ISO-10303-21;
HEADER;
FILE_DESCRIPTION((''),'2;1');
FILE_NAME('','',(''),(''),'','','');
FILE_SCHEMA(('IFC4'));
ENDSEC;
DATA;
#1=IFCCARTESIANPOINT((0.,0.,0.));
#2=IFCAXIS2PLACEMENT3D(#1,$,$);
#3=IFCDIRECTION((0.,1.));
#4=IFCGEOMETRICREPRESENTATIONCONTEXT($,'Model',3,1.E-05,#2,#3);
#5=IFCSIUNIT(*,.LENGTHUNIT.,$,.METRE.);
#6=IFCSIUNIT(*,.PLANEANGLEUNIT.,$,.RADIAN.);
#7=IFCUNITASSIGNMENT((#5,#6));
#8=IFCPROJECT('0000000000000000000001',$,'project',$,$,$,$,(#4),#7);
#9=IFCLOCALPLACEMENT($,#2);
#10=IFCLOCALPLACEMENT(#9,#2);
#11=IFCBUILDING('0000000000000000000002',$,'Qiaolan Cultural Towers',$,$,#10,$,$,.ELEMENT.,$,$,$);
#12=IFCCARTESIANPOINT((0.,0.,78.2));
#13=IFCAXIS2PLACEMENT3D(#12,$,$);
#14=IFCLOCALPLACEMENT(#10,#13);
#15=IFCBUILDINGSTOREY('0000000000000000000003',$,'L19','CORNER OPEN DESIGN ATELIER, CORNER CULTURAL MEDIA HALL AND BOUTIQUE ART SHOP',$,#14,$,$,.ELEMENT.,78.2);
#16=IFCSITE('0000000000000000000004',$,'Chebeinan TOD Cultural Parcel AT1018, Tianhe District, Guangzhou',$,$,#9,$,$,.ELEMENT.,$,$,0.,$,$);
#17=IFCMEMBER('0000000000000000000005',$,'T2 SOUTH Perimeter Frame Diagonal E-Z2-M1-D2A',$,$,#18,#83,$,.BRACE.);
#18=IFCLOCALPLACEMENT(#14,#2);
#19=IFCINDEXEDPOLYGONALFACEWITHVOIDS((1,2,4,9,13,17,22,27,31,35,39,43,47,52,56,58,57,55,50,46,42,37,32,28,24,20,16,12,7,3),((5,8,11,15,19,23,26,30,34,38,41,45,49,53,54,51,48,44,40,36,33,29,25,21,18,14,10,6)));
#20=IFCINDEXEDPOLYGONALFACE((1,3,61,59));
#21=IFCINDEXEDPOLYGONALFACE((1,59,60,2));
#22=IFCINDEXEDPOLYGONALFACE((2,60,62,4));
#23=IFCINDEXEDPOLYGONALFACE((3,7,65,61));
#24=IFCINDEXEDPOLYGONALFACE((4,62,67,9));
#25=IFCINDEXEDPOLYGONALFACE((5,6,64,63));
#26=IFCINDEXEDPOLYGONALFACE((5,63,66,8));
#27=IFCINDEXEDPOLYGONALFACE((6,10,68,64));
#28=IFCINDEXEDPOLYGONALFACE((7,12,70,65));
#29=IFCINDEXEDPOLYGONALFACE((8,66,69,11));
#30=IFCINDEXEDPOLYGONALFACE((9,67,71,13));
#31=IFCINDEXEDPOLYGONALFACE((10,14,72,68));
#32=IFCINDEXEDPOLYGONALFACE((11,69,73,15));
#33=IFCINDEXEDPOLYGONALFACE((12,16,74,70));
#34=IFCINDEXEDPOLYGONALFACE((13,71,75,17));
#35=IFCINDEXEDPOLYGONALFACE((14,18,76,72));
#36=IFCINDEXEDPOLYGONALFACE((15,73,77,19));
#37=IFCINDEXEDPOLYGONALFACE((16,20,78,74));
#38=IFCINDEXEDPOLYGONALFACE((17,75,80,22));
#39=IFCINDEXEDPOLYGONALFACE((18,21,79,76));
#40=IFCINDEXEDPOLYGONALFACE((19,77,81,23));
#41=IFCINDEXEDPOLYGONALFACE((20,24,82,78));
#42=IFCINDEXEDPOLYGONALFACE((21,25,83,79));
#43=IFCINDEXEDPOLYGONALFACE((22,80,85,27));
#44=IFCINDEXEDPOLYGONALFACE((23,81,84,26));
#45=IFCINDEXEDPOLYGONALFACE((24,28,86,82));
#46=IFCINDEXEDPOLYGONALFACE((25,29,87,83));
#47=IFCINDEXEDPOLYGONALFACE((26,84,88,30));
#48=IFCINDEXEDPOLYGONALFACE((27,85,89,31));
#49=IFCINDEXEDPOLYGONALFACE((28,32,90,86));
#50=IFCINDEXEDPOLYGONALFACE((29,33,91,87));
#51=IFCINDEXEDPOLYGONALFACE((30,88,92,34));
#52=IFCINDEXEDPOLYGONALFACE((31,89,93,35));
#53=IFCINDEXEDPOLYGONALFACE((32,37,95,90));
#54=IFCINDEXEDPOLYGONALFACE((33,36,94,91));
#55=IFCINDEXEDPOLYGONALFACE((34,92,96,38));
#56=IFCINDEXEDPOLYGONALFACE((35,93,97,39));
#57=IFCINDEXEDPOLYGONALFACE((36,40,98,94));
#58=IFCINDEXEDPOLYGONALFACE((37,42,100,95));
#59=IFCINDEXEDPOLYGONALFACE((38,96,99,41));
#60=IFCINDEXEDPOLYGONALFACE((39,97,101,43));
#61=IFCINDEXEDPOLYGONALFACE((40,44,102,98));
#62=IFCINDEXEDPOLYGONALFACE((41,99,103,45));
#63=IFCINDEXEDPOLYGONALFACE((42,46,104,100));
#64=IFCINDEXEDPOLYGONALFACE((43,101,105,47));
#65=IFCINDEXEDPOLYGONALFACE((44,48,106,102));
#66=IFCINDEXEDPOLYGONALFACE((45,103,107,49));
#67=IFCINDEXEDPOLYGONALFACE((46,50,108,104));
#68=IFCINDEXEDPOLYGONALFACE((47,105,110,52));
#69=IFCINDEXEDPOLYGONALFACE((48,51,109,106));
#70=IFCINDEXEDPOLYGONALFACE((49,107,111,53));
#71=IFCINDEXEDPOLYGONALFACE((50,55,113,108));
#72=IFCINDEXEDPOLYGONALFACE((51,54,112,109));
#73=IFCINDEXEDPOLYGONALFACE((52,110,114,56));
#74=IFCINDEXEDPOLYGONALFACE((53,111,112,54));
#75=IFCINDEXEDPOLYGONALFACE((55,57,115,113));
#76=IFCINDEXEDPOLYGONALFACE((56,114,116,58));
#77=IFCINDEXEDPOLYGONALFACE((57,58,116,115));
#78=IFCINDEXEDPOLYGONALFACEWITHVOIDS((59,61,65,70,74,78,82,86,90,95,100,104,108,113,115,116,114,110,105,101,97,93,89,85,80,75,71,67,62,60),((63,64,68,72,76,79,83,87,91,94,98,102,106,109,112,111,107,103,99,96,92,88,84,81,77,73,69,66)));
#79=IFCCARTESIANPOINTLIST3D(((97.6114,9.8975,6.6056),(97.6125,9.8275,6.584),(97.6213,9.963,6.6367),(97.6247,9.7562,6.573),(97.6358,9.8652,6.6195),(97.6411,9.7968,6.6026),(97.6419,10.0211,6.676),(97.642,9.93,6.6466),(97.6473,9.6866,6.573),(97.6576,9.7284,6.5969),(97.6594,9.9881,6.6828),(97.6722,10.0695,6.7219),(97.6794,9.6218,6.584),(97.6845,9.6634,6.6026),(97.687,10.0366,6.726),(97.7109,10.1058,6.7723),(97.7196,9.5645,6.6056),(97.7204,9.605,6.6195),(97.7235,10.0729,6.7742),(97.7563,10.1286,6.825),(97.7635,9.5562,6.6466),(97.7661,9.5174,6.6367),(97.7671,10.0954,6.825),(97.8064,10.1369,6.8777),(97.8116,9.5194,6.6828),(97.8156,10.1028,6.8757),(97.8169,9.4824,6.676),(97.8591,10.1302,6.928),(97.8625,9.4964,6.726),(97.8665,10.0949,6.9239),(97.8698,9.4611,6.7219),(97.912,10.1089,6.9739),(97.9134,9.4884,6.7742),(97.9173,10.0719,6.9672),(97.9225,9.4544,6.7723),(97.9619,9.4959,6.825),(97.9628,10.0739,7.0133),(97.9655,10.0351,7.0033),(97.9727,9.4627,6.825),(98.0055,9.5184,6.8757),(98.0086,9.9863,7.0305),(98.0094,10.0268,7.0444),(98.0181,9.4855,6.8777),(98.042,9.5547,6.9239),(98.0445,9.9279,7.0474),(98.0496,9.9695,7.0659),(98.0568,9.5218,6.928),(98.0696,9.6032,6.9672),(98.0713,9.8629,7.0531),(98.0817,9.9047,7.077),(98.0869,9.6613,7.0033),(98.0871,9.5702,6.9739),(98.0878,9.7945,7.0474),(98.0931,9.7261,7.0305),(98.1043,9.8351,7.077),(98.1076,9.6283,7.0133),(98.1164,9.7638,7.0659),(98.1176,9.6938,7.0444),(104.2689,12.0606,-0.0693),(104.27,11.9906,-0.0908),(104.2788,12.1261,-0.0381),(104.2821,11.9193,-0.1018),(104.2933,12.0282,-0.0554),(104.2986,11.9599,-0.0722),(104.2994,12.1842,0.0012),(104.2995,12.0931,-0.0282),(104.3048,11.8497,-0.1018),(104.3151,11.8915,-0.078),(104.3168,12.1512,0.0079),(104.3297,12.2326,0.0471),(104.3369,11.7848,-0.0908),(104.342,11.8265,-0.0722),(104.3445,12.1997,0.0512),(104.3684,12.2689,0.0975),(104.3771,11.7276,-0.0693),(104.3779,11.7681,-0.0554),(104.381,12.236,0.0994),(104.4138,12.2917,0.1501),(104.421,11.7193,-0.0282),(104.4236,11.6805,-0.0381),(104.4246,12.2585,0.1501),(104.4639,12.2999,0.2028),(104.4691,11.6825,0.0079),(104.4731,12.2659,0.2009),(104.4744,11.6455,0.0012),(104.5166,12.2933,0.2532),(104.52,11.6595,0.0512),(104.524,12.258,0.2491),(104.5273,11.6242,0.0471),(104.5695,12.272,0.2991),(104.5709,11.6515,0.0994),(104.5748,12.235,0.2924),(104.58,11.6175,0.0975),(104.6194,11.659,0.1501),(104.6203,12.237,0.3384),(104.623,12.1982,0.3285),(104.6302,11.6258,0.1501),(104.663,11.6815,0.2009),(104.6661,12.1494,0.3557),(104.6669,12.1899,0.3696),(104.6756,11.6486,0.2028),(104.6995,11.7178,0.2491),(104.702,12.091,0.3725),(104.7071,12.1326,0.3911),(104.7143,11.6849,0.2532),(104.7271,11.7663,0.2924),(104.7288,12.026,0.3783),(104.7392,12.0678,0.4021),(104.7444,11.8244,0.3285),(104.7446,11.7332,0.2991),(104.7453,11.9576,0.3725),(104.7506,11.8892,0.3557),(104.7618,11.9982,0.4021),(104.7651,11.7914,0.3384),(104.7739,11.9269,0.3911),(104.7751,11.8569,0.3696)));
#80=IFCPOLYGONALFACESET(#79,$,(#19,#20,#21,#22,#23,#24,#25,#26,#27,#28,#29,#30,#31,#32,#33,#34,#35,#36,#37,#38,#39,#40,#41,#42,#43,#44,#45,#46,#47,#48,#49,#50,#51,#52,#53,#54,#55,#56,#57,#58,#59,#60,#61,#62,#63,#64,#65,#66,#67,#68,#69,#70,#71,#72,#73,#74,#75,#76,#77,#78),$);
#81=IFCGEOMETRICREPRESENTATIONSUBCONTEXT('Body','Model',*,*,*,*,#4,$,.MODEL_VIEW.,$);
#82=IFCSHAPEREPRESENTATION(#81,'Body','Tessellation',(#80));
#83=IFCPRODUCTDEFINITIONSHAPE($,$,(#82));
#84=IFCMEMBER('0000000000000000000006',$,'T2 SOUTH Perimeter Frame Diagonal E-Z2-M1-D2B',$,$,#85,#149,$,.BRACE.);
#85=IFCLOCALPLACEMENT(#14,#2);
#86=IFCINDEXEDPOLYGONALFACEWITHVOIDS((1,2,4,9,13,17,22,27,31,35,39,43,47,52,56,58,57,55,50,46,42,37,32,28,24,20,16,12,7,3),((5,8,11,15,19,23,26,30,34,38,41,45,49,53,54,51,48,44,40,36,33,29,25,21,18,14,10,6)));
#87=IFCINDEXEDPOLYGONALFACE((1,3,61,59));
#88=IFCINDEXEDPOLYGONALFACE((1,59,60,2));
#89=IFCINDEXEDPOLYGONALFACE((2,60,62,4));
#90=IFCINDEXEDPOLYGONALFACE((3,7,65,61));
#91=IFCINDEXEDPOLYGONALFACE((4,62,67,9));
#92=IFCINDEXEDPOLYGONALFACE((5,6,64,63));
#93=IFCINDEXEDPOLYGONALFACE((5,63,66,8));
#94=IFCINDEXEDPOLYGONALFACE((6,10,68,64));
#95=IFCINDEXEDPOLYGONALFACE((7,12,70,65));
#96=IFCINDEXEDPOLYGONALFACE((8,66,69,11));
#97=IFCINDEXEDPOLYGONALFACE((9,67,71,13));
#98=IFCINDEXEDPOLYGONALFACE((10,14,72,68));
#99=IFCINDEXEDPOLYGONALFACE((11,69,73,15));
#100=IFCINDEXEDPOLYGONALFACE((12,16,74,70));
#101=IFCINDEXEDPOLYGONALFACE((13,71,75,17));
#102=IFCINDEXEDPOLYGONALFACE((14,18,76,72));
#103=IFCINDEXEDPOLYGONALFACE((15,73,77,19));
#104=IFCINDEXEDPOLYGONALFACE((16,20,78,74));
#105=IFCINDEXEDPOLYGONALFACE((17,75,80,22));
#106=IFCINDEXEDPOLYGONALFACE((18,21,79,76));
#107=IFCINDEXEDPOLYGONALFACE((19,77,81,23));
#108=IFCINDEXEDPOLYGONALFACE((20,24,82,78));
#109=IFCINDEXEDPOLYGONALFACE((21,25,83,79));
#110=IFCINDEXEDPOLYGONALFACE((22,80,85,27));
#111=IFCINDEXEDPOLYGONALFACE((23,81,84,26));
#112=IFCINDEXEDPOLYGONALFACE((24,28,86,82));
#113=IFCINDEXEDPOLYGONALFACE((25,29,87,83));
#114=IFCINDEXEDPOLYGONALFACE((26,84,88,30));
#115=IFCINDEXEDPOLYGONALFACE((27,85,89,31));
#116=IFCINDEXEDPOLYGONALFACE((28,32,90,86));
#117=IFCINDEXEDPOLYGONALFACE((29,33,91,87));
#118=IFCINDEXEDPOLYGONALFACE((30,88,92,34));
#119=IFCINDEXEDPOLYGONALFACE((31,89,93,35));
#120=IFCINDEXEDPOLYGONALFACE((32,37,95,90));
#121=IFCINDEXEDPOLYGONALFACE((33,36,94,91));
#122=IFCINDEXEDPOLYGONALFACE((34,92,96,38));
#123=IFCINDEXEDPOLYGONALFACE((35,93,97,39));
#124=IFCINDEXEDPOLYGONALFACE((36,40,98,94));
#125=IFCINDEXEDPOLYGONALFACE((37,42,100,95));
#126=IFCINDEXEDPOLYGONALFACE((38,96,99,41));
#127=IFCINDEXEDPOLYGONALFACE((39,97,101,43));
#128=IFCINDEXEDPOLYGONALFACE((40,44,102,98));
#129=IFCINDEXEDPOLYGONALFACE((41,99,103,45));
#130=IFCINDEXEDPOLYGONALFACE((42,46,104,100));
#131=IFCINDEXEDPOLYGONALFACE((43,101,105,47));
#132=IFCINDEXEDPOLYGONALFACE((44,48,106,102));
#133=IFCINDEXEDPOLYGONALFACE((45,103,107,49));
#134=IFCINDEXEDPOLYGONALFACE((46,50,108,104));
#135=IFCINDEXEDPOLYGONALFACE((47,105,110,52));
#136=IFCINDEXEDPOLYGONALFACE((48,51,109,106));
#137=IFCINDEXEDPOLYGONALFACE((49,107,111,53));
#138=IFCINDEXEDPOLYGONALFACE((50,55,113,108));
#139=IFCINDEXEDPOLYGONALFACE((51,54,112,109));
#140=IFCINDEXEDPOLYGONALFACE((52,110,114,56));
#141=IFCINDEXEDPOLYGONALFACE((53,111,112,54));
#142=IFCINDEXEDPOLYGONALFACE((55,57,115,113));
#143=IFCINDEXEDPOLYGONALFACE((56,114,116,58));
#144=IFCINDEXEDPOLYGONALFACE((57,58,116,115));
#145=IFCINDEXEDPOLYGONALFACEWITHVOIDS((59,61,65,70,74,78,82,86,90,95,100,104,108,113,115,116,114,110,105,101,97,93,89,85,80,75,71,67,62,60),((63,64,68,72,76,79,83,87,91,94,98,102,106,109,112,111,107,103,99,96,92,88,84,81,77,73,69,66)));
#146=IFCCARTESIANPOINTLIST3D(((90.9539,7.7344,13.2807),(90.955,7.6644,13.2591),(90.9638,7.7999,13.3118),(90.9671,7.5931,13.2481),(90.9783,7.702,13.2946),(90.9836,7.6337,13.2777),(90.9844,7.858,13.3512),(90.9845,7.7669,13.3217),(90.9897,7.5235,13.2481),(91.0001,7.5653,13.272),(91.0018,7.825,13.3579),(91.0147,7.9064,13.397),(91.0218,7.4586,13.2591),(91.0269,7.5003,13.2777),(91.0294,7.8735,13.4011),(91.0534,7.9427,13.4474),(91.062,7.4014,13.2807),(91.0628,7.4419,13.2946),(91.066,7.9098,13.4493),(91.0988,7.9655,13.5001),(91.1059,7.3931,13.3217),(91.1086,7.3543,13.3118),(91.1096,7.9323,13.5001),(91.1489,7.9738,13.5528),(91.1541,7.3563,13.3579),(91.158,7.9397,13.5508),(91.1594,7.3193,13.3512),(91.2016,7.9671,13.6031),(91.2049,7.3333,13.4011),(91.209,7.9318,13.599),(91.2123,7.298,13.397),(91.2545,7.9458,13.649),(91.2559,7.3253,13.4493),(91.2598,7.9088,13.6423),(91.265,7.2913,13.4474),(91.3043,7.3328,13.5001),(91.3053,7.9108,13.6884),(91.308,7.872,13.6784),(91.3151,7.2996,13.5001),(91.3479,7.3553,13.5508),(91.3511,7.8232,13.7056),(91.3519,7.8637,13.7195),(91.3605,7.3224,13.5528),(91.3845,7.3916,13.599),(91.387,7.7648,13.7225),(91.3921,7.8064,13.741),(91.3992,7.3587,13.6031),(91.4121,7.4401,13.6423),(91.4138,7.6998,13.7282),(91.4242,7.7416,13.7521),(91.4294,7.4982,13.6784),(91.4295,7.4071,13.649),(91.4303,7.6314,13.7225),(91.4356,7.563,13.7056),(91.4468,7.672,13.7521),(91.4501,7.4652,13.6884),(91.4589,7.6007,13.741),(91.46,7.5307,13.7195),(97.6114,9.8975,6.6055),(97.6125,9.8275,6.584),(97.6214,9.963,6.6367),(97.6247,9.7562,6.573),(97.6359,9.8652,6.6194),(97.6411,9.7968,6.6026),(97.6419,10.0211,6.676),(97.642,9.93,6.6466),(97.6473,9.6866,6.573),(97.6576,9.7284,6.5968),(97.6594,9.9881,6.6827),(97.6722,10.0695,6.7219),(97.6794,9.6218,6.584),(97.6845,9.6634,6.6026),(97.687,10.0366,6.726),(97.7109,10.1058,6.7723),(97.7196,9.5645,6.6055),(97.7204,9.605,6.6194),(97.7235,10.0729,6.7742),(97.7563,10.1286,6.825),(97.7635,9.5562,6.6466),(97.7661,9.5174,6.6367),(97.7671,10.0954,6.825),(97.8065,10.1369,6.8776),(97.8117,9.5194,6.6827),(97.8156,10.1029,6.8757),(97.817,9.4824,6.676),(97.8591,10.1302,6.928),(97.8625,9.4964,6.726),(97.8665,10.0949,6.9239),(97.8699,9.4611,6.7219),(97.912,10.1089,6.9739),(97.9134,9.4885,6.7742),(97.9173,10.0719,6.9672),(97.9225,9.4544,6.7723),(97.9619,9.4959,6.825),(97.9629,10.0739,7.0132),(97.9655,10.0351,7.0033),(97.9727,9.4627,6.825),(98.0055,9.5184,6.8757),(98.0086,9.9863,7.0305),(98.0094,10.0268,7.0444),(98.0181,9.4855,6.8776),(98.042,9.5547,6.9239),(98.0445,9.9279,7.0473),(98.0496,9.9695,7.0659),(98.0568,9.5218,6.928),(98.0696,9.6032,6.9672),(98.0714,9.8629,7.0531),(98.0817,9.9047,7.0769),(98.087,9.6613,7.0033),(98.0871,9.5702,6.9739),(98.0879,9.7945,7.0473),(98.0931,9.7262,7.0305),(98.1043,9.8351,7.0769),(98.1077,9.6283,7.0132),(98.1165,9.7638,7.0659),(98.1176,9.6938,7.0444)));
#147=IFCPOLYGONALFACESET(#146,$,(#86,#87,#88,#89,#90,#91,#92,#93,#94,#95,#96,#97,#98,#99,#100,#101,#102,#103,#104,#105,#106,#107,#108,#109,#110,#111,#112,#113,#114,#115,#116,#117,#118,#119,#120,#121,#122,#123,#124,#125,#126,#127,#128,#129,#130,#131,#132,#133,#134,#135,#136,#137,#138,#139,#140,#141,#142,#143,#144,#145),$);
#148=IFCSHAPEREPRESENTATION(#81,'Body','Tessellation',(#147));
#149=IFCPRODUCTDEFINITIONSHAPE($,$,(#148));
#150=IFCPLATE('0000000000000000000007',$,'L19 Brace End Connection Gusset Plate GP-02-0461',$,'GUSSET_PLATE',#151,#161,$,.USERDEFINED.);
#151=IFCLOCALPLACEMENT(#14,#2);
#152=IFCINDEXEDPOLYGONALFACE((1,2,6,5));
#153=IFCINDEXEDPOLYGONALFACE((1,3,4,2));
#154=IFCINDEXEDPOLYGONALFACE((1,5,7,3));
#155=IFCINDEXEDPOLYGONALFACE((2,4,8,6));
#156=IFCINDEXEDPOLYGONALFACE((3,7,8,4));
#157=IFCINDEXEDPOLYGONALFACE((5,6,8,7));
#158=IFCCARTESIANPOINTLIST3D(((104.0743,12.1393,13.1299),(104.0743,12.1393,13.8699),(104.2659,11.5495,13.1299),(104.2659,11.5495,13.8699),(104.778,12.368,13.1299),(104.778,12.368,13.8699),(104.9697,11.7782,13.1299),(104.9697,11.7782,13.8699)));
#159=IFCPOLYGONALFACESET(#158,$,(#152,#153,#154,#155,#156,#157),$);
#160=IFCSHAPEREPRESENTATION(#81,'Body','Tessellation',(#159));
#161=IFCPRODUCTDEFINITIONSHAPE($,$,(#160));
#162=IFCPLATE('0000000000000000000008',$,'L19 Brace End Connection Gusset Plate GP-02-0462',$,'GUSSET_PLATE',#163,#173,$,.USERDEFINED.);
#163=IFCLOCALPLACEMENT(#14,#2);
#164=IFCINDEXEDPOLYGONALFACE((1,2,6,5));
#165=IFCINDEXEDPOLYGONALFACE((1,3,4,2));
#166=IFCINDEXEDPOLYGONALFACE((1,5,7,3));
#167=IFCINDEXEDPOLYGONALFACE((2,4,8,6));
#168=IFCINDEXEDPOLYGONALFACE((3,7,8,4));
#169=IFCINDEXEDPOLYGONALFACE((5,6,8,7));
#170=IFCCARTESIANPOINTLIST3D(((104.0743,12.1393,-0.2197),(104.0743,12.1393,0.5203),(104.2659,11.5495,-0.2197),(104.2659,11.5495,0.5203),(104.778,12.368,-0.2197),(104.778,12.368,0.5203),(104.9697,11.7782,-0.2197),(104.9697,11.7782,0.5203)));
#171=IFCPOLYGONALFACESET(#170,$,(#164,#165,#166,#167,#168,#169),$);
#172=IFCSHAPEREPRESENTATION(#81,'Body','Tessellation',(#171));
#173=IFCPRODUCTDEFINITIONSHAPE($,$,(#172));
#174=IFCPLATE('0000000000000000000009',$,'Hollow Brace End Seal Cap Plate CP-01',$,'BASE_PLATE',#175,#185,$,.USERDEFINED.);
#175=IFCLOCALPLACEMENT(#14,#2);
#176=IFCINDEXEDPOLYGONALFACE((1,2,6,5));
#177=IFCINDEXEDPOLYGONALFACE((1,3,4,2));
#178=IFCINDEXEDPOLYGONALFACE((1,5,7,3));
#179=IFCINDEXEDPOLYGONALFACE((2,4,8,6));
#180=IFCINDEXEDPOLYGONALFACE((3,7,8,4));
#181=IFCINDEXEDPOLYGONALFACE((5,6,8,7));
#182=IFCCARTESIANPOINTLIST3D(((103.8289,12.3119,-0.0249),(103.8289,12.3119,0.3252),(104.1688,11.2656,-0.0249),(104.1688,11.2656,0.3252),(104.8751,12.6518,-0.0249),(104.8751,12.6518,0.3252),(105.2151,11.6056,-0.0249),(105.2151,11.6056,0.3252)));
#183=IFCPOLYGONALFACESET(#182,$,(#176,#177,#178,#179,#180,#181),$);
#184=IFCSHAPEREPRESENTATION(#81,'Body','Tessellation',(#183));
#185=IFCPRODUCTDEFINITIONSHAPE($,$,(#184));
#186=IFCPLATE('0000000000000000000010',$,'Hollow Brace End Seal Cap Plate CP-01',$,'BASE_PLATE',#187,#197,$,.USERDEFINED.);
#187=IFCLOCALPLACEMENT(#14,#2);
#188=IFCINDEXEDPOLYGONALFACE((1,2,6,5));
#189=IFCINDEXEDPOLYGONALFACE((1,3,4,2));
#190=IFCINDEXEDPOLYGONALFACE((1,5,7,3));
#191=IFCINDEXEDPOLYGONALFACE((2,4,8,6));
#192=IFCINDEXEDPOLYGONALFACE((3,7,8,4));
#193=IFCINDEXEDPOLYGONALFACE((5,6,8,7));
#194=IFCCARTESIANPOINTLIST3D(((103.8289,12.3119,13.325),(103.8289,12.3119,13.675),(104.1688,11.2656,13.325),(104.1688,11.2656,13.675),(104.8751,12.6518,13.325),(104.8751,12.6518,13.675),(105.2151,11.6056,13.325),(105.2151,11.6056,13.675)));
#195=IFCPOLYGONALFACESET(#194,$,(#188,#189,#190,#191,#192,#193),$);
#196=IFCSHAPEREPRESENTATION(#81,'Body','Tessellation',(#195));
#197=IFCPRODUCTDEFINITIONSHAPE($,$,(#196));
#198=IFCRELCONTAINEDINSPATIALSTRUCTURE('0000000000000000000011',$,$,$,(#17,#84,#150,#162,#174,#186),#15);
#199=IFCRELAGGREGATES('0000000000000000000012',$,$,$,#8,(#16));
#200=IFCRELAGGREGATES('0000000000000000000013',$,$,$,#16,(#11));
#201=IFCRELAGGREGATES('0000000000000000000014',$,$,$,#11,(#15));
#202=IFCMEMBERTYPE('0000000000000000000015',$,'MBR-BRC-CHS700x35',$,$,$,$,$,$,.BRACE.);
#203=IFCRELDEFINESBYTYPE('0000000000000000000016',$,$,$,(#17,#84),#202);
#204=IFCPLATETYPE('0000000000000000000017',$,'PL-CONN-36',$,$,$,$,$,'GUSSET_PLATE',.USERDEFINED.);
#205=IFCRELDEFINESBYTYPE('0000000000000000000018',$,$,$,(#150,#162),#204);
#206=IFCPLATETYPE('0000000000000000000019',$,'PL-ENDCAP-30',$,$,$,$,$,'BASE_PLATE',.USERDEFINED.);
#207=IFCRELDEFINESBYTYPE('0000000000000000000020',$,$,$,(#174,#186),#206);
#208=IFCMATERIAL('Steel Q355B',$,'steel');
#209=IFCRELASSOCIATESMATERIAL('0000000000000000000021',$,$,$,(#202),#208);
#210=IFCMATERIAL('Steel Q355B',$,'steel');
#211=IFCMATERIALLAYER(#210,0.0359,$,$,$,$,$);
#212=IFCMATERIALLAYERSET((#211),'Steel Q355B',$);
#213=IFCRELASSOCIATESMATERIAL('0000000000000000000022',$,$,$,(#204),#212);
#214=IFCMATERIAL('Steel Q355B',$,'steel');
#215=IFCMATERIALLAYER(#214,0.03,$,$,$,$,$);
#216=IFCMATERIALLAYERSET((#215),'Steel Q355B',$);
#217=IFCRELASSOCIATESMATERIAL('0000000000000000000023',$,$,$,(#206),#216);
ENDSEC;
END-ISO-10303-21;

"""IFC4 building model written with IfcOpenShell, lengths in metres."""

from ifc_helpers import new_model, si_unit, direction, frame, origin, origin_2d, place, context, subcontext, project, spatial, rectangle, hollow_circle, extrude, material, layer, layer_set, material_profile, profile_set, type_object, element, save


model = new_model("IFC4")

# Units and contexts
model_context = context("Model", 3, precision=1e-05, world=origin(), true_north=direction((0.0, 1.0)))
body_context = subcontext(model_context, "Body", "Model", "MODEL_VIEW")
ifc_project = project(units=[si_unit("LENGTHUNIT", "METRE"), si_unit("PLANEANGLEUNIT", "RADIAN")], contexts=[model_context])

# Site, building, storey
site_placement = place(None, origin())
site = spatial("IfcSite", under=ifc_project, at=site_placement, Name="Chebeinan TOD Cultural Parcel AT1018, Tianhe District, Guangzhou", CompositionType="ELEMENT", RefElevation=0.0)
building_placement = place(site_placement, origin())
building = spatial("IfcBuilding", under=site, at=building_placement, Name="Qiaolan Cultural Towers", CompositionType="ELEMENT")
storey_placement = place(building_placement, frame((0.0, 0.0, 78.2)))
storey = spatial("IfcBuildingStorey", under=building, at=storey_placement, Name="L19", Description="CORNER OPEN DESIGN ATELIER, CORNER CULTURAL MEDIA HALL AND BOUTIQUE ART SHOP", CompositionType="ELEMENT", Elevation=78.2)

# Members
ifc_material_1 = material(Name="Steel Q355B", Category="steel")
ifc_material_profile_1 = material_profile(ifc_material_1, hollow_circle(Radius=0.3501, WallThickness=0.0349, at=origin_2d()), Name="CHS700x35")
ifc_profile_set_1 = profile_set([ifc_material_profile_1], Name="Steel Q355B")
member_type = type_object("IfcMemberType", Name="MBR-BRC-CHS700x35", PredefinedType="BRACE", material=ifc_profile_set_1)
member_1_placement = place(storey_placement, frame((104.522, 11.9587, 0.1501), z_axis=(-0.688301, -0.223637, 0.690093), x_axis=(0.30901, -0.951059, 0.0)))
element("IfcMember", 1, at=member_1_placement, inside=storey, type_object=member_type, Name="T2 SOUTH Perimeter Frame Diagonal E-Z2-M1-D2A", PredefinedType="BRACE", context=body_context, shape_type="SweptSolid", body=[
    extrude(hollow_circle(Radius=0.3501, WallThickness=0.0349, at=origin_2d()), origin(), (0.0, 0.0, 1.0), 9.6724),
])
member_2_placement = place(storey_placement, frame((97.8645, 9.7957, 6.825), z_axis=(-0.688289, -0.223633, 0.690106), x_axis=(0.30901, -0.951059, 0.0)))
element("IfcMember", 2, at=member_2_placement, inside=storey, type_object=member_type, Name="T2 SOUTH Perimeter Frame Diagonal E-Z2-M1-D2B", PredefinedType="BRACE", context=body_context, shape_type="SweptSolid", body=[
    extrude(hollow_circle(Radius=0.3501, WallThickness=0.0349, at=origin_2d()), origin(), (0.0, 0.0, 1.0), 9.6726),
])

# Plates
ifc_material_2 = material(Name="Steel Q355B", Category="steel")
ifc_layer_1 = layer(ifc_material_2, 0.0359)
ifc_layer_set_1 = layer_set([ifc_layer_1], Name="Steel Q355B")
plate_type_1 = type_object("IfcPlateType", Name="PL-CONN-36", ElementType="GUSSET_PLATE", PredefinedType="USERDEFINED", material=ifc_layer_set_1)
for number, where, z_axis, x_axis, name in (
    (3, (104.522, 11.9587, 13.1299), (0.0, 0.0, 1.0), (0.951057, 0.309017, 0.0), "L19 Brace End Connection Gusset Plate GP-02-0461"),
    (4, (104.522, 11.9587, -0.2197), (0.0, 0.0, 1.0), (0.951057, 0.309017, 0.0), "L19 Brace End Connection Gusset Plate GP-02-0462"),
):
    element("IfcPlate", number, at=place(storey_placement, frame(where, z_axis=z_axis, x_axis=x_axis)), inside=storey, type_object=plate_type_1, Name=name, ObjectType="GUSSET_PLATE", PredefinedType="USERDEFINED", context=body_context, shape_type="SweptSolid", body=[
        extrude(rectangle(XDim=0.74, YDim=0.6201, at=origin_2d()), origin(), (0.0, 0.0, 1.0), 0.74),
    ])
ifc_material_3 = material(Name="Steel Q355B", Category="steel")
ifc_layer_2 = layer(ifc_material_3, 0.03)
ifc_layer_set_2 = layer_set([ifc_layer_2], Name="Steel Q355B")
plate_type_2 = type_object("IfcPlateType", Name="PL-ENDCAP-30", ElementType="BASE_PLATE", PredefinedType="USERDEFINED", material=ifc_layer_set_2)
for number, where, z_axis, x_axis, name in (
    (5, (104.522, 11.9587, -0.0249), (0.0, 0.0, 1.0), (0.951057, 0.309017, 0.0), "Hollow Brace End Seal Cap Plate CP-01"),
    (6, (104.522, 11.9587, 13.325), (0.0, 0.0, 1.0), (0.951057, 0.309017, 0.0), "Hollow Brace End Seal Cap Plate CP-01"),
):
    element("IfcPlate", number, at=place(storey_placement, frame(where, z_axis=z_axis, x_axis=x_axis)), inside=storey, type_object=plate_type_2, Name=name, ObjectType="BASE_PLATE", PredefinedType="USERDEFINED", context=body_context, shape_type="SweptSolid", body=[
        extrude(rectangle(XDim=1.1001, YDim=1.1001, at=origin_2d()), origin(), (0.0, 0.0, 1.0), 0.3501),
    ])

save(model, "model.ifc")
